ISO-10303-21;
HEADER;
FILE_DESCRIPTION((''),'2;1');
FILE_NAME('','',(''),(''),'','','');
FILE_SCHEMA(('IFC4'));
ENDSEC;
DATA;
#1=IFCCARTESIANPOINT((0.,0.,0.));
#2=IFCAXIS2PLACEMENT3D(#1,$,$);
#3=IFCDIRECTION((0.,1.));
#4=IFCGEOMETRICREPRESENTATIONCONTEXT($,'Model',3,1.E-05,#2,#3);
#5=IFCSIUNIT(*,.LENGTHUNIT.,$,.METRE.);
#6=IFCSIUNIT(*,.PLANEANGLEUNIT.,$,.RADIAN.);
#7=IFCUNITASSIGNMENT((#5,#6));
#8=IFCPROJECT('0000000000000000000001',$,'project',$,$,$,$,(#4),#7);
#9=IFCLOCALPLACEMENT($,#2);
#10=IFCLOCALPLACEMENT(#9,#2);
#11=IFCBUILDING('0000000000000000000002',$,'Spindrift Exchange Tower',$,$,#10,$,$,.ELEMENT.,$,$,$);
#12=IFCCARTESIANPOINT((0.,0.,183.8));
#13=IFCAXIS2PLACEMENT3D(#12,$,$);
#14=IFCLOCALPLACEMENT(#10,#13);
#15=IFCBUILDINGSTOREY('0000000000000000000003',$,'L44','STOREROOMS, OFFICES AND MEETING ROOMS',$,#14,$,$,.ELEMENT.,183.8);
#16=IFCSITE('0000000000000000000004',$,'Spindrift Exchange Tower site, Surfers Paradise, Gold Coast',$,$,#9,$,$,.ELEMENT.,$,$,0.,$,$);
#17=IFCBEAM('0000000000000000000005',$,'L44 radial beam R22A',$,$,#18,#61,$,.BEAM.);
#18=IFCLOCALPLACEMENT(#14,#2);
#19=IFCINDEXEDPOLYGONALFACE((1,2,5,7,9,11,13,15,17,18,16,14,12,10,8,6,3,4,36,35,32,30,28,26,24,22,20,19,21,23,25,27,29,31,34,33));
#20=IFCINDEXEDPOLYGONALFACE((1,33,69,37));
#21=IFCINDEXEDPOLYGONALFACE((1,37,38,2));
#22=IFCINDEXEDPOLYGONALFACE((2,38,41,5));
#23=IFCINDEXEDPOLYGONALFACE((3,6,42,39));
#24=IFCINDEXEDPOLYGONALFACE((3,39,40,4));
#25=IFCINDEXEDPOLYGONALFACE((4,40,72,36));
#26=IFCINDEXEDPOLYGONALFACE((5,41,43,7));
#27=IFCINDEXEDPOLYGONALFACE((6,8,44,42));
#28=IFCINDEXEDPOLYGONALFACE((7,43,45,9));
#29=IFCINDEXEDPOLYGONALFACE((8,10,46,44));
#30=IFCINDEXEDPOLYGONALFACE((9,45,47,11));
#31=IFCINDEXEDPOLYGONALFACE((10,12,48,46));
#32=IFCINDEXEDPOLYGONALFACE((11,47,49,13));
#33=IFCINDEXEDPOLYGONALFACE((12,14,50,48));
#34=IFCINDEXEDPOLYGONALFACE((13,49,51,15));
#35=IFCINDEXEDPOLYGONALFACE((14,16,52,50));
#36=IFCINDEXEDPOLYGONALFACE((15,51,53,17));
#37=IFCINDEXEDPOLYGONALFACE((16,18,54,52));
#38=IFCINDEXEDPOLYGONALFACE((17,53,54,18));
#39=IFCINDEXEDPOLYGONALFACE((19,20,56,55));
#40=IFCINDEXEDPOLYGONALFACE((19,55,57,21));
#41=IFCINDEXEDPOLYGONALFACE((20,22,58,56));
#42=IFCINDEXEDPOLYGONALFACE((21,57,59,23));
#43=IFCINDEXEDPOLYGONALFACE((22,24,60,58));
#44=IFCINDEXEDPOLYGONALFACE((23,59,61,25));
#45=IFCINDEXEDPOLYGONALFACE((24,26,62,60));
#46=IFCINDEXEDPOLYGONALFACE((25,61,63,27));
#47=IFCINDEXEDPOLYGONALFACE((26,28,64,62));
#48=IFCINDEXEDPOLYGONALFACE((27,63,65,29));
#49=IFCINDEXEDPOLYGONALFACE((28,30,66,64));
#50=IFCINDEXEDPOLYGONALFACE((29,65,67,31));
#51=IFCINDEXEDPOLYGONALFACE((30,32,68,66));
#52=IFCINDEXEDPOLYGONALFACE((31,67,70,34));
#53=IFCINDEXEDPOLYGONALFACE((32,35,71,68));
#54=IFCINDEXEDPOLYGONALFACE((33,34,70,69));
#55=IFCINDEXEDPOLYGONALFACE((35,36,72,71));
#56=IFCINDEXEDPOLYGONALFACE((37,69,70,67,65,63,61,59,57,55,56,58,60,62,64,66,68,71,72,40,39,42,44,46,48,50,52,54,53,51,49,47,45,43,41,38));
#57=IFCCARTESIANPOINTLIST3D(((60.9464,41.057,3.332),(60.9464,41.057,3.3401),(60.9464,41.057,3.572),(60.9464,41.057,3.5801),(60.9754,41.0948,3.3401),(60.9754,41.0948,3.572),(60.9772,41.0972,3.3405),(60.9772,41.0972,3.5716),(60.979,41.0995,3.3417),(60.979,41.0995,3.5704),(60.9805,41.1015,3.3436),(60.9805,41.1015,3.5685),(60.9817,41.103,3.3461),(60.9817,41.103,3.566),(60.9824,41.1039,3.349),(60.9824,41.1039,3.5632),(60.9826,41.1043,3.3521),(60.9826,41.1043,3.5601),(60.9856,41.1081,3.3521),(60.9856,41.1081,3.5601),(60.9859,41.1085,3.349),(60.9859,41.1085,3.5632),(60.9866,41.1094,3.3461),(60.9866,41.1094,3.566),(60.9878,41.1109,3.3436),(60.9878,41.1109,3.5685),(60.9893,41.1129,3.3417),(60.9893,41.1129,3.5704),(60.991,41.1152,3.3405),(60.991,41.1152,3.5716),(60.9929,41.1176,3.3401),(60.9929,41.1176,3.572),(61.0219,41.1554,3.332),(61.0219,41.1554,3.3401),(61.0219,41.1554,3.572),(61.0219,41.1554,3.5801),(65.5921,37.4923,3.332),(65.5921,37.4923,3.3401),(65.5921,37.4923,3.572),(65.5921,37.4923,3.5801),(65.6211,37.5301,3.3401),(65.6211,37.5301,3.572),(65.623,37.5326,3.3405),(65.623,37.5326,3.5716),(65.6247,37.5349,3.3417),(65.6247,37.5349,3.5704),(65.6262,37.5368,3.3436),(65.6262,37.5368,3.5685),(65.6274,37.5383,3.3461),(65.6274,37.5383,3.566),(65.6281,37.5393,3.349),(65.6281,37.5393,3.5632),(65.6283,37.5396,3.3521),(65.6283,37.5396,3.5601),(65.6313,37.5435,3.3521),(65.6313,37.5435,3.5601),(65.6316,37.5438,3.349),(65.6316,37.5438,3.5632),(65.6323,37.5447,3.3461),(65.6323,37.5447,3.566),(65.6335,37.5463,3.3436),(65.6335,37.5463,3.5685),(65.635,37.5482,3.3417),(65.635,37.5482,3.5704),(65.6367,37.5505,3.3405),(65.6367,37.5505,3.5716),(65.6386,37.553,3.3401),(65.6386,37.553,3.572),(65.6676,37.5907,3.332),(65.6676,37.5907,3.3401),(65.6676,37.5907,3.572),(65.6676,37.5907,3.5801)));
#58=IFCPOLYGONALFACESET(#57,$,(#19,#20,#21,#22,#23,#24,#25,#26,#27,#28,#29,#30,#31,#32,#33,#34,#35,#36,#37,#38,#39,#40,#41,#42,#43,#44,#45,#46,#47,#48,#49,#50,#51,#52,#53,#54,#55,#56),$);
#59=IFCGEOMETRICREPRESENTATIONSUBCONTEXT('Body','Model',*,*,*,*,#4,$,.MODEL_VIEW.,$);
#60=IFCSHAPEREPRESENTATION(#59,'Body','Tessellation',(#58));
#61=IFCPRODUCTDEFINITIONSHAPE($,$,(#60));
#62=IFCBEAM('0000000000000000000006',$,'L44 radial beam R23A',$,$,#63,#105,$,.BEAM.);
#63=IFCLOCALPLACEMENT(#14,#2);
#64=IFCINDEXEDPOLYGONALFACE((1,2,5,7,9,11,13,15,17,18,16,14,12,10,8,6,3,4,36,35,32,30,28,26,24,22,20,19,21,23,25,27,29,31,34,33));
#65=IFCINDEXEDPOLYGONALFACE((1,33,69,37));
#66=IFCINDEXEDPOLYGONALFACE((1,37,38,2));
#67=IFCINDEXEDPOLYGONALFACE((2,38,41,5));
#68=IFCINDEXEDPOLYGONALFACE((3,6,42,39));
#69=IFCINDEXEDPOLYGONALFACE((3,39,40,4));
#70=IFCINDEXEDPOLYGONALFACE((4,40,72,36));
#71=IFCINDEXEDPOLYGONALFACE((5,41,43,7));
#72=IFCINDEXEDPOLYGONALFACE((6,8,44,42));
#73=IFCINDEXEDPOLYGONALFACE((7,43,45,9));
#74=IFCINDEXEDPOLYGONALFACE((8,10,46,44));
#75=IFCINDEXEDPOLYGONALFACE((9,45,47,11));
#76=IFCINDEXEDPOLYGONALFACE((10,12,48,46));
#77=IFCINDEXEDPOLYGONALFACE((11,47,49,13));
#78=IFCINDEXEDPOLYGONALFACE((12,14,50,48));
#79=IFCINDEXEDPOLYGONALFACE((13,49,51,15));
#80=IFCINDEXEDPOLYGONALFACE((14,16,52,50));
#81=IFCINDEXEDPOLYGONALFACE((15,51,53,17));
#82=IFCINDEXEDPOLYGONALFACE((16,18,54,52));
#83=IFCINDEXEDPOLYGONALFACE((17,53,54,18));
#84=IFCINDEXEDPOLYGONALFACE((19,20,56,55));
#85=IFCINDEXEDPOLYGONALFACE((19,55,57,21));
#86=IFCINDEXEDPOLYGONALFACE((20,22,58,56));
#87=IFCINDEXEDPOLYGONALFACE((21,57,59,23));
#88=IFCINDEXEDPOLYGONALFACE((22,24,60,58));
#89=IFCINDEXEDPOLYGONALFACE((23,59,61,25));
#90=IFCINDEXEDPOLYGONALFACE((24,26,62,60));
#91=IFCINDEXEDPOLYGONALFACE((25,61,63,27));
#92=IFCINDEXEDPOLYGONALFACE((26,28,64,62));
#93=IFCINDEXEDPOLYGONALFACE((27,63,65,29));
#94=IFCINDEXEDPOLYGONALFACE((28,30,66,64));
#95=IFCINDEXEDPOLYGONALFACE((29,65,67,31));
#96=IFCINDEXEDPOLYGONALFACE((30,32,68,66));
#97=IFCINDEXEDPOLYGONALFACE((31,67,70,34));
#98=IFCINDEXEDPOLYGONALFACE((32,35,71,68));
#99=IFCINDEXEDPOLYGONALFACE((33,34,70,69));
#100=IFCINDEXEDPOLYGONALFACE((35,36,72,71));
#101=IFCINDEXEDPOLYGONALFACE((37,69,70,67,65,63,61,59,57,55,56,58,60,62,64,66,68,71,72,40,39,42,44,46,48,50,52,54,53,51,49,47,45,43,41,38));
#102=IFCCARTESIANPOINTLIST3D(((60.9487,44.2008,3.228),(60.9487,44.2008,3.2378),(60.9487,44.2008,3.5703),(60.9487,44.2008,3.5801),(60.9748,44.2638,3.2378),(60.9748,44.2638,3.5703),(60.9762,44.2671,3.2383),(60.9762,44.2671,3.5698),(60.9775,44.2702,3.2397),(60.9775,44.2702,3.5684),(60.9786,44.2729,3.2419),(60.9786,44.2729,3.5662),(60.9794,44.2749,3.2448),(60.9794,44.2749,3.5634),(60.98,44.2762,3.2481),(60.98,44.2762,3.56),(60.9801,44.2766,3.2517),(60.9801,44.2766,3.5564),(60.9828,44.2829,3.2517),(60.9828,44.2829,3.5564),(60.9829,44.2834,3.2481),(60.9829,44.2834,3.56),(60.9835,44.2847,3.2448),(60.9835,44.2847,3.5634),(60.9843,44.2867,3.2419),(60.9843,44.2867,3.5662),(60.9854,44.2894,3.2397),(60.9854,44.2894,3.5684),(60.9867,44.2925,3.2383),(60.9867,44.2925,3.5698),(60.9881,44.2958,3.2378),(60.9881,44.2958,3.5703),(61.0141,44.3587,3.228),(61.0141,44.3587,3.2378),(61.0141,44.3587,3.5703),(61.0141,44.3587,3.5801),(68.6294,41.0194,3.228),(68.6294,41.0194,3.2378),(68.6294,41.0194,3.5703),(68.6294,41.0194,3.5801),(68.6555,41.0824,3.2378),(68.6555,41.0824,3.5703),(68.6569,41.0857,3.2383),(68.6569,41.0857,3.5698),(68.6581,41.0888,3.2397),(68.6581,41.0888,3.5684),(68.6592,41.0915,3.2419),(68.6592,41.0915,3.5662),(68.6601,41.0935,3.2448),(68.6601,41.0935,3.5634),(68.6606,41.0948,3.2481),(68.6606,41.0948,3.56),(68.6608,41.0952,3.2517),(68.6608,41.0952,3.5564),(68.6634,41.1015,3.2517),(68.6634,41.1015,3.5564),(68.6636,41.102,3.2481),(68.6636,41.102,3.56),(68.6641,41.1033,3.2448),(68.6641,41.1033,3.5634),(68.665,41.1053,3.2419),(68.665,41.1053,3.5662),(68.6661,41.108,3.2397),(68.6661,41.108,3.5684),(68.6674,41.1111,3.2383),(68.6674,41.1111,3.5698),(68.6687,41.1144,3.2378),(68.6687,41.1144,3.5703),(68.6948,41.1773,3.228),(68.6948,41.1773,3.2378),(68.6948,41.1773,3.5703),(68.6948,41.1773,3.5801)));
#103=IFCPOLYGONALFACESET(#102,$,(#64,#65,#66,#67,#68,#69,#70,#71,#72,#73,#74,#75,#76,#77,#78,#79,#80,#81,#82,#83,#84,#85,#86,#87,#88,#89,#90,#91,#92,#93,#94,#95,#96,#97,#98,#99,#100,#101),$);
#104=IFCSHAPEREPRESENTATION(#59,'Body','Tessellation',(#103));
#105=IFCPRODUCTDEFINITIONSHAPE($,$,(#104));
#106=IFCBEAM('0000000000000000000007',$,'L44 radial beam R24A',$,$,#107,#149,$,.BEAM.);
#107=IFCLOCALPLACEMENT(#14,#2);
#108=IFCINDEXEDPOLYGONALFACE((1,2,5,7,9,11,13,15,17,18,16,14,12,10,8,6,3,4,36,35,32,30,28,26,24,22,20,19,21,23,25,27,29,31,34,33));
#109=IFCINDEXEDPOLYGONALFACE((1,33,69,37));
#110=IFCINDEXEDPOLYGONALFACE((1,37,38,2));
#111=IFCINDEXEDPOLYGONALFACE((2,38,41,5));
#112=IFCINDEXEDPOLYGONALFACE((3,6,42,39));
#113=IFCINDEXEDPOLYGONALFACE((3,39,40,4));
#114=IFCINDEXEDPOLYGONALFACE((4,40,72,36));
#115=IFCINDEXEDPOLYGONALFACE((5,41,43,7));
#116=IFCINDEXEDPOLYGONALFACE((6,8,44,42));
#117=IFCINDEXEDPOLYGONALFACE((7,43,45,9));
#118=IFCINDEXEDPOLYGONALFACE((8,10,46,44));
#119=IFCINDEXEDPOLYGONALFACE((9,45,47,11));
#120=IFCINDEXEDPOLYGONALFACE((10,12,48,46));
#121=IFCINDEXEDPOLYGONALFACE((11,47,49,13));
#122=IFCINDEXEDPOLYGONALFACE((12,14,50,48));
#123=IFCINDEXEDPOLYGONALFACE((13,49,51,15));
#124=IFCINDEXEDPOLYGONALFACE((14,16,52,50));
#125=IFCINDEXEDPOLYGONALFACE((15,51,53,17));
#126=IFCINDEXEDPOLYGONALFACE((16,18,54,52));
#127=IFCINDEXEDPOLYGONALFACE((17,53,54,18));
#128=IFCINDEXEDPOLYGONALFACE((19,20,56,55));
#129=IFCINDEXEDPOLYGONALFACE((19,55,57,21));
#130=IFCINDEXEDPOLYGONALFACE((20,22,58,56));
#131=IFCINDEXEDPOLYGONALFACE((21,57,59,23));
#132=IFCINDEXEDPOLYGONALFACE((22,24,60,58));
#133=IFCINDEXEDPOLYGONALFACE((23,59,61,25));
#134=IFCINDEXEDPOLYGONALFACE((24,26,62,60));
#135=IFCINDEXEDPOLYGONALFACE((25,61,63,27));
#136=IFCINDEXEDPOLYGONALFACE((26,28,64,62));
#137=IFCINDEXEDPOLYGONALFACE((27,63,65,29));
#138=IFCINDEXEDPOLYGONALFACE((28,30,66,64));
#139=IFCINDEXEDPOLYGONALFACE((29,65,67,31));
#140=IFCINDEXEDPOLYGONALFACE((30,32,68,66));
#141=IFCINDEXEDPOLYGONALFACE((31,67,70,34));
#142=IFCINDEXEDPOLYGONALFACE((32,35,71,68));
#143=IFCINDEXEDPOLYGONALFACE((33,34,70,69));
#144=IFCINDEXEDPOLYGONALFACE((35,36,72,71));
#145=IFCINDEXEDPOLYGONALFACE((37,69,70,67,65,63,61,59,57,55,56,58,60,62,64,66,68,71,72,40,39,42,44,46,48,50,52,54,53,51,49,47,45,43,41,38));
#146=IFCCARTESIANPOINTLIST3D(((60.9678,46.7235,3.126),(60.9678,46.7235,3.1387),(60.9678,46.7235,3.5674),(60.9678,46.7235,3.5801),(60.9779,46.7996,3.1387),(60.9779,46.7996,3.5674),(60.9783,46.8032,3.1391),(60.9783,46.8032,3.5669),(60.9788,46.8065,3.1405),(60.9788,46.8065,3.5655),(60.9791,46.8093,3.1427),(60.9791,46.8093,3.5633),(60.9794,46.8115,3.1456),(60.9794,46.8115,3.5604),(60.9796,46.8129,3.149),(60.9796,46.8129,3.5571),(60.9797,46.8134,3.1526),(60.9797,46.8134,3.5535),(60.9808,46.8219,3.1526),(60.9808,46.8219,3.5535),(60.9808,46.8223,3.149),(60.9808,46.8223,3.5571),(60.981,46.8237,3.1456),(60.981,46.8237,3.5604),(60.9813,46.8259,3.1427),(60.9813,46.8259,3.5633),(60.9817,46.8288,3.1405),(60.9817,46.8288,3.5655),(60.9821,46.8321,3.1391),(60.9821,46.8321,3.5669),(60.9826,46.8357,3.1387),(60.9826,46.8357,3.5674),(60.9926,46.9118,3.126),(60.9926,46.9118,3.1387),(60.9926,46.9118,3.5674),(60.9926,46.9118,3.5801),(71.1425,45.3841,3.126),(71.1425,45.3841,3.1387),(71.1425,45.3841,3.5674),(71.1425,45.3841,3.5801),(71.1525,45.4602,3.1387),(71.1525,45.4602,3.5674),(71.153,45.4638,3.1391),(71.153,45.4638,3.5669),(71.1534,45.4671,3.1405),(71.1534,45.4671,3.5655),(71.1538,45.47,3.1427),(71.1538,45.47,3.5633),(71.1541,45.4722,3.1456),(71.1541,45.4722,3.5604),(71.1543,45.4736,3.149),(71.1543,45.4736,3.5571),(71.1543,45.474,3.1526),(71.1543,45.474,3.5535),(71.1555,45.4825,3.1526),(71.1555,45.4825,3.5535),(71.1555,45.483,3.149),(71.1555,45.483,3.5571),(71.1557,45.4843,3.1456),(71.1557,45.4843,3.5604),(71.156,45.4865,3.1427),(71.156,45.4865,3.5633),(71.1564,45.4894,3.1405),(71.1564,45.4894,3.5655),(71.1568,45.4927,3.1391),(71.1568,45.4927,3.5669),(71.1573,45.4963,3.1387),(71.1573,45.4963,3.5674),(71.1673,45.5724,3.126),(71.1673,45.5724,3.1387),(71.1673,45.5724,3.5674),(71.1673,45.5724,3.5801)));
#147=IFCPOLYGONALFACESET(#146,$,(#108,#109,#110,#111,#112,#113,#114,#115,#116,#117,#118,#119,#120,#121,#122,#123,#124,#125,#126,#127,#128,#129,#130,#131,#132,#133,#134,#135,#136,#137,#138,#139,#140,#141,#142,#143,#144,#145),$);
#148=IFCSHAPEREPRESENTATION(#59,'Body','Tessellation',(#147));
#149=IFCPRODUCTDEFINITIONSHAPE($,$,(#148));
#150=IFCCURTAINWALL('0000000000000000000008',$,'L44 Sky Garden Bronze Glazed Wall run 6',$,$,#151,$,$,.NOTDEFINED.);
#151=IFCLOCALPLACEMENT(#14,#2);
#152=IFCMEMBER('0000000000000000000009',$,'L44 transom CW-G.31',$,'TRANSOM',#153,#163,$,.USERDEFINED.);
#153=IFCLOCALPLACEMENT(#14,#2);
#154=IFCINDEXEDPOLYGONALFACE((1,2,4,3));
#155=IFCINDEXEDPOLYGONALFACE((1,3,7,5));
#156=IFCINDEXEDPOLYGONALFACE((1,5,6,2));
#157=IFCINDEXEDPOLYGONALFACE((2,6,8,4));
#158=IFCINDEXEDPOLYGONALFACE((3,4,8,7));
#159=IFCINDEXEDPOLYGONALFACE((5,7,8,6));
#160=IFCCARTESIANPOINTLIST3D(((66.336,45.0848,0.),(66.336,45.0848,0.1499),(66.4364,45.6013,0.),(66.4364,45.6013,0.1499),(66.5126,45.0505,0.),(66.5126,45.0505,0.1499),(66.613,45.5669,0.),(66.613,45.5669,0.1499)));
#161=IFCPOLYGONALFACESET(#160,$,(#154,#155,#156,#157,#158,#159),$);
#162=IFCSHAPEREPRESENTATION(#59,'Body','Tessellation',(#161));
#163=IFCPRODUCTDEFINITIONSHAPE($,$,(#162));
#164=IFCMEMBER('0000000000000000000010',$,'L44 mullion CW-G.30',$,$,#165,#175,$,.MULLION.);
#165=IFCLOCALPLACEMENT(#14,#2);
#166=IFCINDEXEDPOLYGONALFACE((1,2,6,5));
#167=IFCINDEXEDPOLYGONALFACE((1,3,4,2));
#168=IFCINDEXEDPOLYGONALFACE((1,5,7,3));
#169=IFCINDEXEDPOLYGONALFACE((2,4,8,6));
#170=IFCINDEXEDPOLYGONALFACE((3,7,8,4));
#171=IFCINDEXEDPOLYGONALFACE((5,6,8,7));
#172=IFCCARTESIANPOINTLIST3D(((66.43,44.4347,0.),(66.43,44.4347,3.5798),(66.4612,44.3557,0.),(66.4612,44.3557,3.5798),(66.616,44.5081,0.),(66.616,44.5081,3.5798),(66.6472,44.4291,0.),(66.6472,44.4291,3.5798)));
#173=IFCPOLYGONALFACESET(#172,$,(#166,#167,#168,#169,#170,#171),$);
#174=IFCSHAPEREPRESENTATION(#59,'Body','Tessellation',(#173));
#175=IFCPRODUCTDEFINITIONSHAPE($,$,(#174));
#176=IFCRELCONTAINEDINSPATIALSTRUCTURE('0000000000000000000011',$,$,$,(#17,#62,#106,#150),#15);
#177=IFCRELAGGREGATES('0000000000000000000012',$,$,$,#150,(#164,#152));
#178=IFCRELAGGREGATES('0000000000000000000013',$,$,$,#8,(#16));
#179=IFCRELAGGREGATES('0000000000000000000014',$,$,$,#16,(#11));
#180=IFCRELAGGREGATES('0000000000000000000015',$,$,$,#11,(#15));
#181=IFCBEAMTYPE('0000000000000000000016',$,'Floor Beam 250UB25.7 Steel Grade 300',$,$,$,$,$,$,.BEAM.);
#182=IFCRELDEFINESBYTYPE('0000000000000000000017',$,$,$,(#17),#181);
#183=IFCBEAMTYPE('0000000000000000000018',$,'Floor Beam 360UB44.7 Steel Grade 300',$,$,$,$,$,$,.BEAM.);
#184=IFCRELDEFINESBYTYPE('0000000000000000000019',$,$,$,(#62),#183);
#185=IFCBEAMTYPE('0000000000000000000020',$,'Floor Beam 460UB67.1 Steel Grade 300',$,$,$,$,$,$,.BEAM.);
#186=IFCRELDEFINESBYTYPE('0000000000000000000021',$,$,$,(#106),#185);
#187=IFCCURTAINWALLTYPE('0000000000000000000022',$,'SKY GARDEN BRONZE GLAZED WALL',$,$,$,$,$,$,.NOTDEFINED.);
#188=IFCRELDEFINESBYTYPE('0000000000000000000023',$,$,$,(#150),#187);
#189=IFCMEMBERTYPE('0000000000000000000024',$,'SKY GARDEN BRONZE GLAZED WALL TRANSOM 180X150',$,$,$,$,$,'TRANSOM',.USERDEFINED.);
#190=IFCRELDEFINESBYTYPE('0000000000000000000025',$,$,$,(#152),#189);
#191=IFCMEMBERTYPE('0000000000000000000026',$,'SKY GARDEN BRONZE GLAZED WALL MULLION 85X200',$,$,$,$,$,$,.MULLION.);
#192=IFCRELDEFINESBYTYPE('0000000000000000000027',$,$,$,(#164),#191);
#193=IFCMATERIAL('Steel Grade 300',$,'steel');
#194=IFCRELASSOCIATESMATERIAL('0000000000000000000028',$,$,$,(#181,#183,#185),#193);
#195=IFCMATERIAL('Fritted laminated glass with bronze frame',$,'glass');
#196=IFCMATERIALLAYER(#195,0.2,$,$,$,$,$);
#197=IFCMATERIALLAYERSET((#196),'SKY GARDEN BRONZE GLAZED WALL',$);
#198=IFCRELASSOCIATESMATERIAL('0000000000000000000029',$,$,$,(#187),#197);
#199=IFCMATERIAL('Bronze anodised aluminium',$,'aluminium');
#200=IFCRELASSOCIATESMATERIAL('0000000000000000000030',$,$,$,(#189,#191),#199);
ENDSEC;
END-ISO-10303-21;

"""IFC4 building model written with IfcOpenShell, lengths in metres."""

from ifc_helpers import new_model, si_unit, direction, frame, origin, origin_2d, place, context, subcontext, project, spatial, rectangle, i_section, extrude, source, transform, mapped, material, layer, layer_set, material_profile, profile_set, type_object, element, aggregate, save


model = new_model("IFC4")

# Units and contexts
model_context = context("Model", 3, precision=1e-05, world=origin(), true_north=direction((0.0, 1.0)))
body_context = subcontext(model_context, "Body", "Model", "MODEL_VIEW")
ifc_project = project(units=[si_unit("LENGTHUNIT", "METRE"), si_unit("PLANEANGLEUNIT", "RADIAN")], contexts=[model_context])

# Site, building, storey
site_placement = place(None, origin())
site = spatial("IfcSite", under=ifc_project, at=site_placement, Name="Spindrift Exchange Tower site, Surfers Paradise, Gold Coast", CompositionType="ELEMENT", RefElevation=0.0)
building_placement = place(site_placement, origin())
building = spatial("IfcBuilding", under=site, at=building_placement, Name="Spindrift Exchange Tower", CompositionType="ELEMENT")
storey_placement = place(building_placement, frame((0.0, 0.0, 183.8)))
storey = spatial("IfcBuildingStorey", under=building, at=storey_placement, Name="L44", Description="STOREROOMS, OFFICES AND MEETING ROOMS", CompositionType="ELEMENT", Elevation=183.8)

# Beams
ifc_material_1 = material(Name="Steel Grade 300", Category="steel")
ifc_material_profile_1 = material_profile(ifc_material_1, i_section(OverallWidth=0.124, OverallDepth=0.248, WebThickness=0.0049, FlangeThickness=0.0081, FilletRadius=0.012, at=origin_2d()), Name="250UB25.7")
ifc_profile_set_1 = profile_set([ifc_material_profile_1], Name="Steel Grade 300")
beam_type_1 = type_object("IfcBeamType", Name="Floor Beam 250UB25.7 Steel Grade 300", PredefinedType="BEAM", material=ifc_profile_set_1)
shared_shape_1 = source(origin(), body_context, "Body", "SweptSolid", [
    extrude(i_section(OverallWidth=0.124, OverallDepth=0.248, WebThickness=0.0049, FlangeThickness=0.0081, FilletRadius=0.012, at=origin_2d()), origin(), (0.0, 0.0, 1.0), 5.8557),
])
beam_1_placement = place(storey_placement, frame((60.9841, 41.1062, 3.4561), z_axis=(0.793363, -0.608749, 0.0), x_axis=(0.608749, 0.793363, 0.0)))
element("IfcBeam", 1, at=beam_1_placement, inside=storey, type_object=beam_type_1, Name="L44 radial beam R22A", PredefinedType="BEAM", context=body_context, shape_type="MappedRepresentation", body=[
    mapped(shared_shape_1, transform((0.0, 0.0, 0.0), scale=1.0)),
])
ifc_material_profile_2 = material_profile(ifc_material_1, i_section(OverallWidth=0.1709, OverallDepth=0.3521, WebThickness=0.0068, FlangeThickness=0.0098, FilletRadius=0.0139, at=origin_2d()), Name="360UB44.7")
ifc_profile_set_2 = profile_set([ifc_material_profile_2], Name="Steel Grade 300")
beam_type_2 = type_object("IfcBeamType", Name="Floor Beam 360UB44.7 Steel Grade 300", PredefinedType="BEAM", material=ifc_profile_set_2)
shared_shape_2 = source(origin(), body_context, "Body", "SweptSolid", [
    extrude(i_section(OverallWidth=0.1709, OverallDepth=0.3521, WebThickness=0.0068, FlangeThickness=0.0098, FilletRadius=0.0139, at=origin_2d()), origin(), (0.0, 0.0, 1.0), 8.3135),
])
beam_2_placement = place(storey_placement, frame((60.9814, 44.2798, 3.4041), z_axis=(0.923881, -0.382679, 0.0), x_axis=(0.382679, 0.923881, 0.0)))
element("IfcBeam", 2, at=beam_2_placement, inside=storey, type_object=beam_type_2, Name="L44 radial beam R23A", PredefinedType="BEAM", context=body_context, shape_type="MappedRepresentation", body=[
    mapped(shared_shape_2, transform((0.0, 0.0, 0.0), scale=1.0)),
])
ifc_material_profile_3 = material_profile(ifc_material_1, i_section(OverallWidth=0.1899, OverallDepth=0.4541, WebThickness=0.0085, FlangeThickness=0.0127, FilletRadius=0.0139, at=origin_2d()), Name="460UB67.1")
ifc_profile_set_3 = profile_set([ifc_material_profile_3], Name="Steel Grade 300")
beam_type_3 = type_object("IfcBeamType", Name="Floor Beam 460UB67.1 Steel Grade 300", PredefinedType="BEAM", material=ifc_profile_set_3)
shared_shape_3 = source(origin(), body_context, "Body", "SweptSolid", [
    extrude(i_section(OverallWidth=0.1899, OverallDepth=0.4541, WebThickness=0.0085, FlangeThickness=0.0127, FilletRadius=0.0139, at=origin_2d()), origin(), (0.0, 0.0, 1.0), 10.2625),
])
beam_3_placement = place(storey_placement, frame((60.9802, 46.8176, 3.353), z_axis=(0.991447, -0.130512, 0.0), x_axis=(0.130512, 0.991447, 0.0)))
element("IfcBeam", 3, at=beam_3_placement, inside=storey, type_object=beam_type_3, Name="L44 radial beam R24A", PredefinedType="BEAM", context=body_context, shape_type="MappedRepresentation", body=[
    mapped(shared_shape_3, transform((0.0, 0.0, 0.0), scale=1.0)),
])

# Curtain wall, members
ifc_material_2 = material(Name="Fritted laminated glass with bronze frame", Category="glass")
ifc_layer_1 = layer(ifc_material_2, 0.2)
ifc_layer_set_1 = layer_set([ifc_layer_1], Name="SKY GARDEN BRONZE GLAZED WALL")
curtain_wall_type = type_object("IfcCurtainWallType", Name="SKY GARDEN BRONZE GLAZED WALL", PredefinedType="NOTDEFINED", material=ifc_layer_set_1)
curtain_wall_1_placement = place(storey_placement, origin())
curtain_wall_1 = element("IfcCurtainWall", 4, at=curtain_wall_1_placement, inside=storey, type_object=curtain_wall_type, Name="L44 Sky Garden Bronze Glazed Wall run 6", PredefinedType="NOTDEFINED")
ifc_material_3 = material(Name="Bronze anodised aluminium", Category="aluminium")
ifc_material_profile_4 = material_profile(ifc_material_3, rectangle(XDim=0.1799, YDim=0.1499, at=origin_2d()), Name="SKY GARDEN BRONZE GLAZED WALL TRANSOM 180X150")
ifc_profile_set_4 = profile_set([ifc_material_profile_4], Name="Bronze anodised aluminium")
member_type_1 = type_object("IfcMemberType", Name="SKY GARDEN BRONZE GLAZED WALL TRANSOM 180X150", ElementType="TRANSOM", PredefinedType="USERDEFINED", material=ifc_profile_set_4)
shared_shape_4 = source(origin(), body_context, "Body", "SweptSolid", [
    extrude(rectangle(XDim=0.1799, YDim=0.1499, at=origin_2d()), origin(), (0.0, 0.0, 1.0), 0.5261),
])
member_1_placement = place(storey_placement, frame((66.4243, 45.0676, 0.075), z_axis=(0.190758, 0.981637, 0.0), x_axis=(-0.981637, 0.190758, 0.0)))
member_1 = element("IfcMember", 5, at=member_1_placement, type_object=member_type_1, Name="L44 transom CW-G.31", ObjectType="TRANSOM", PredefinedType="USERDEFINED", context=body_context, shape_type="MappedRepresentation", body=[
    mapped(shared_shape_4, transform((0.0, 0.0, 0.0), scale=1.0)),
])
ifc_material_profile_5 = material_profile(ifc_material_3, rectangle(XDim=0.085, YDim=0.2, at=origin_2d()), Name="SKY GARDEN BRONZE GLAZED WALL MULLION 85X200")
ifc_profile_set_5 = profile_set([ifc_material_profile_5], Name="Bronze anodised aluminium")
member_type_2 = type_object("IfcMemberType", Name="SKY GARDEN BRONZE GLAZED WALL MULLION 85X200", PredefinedType="MULLION", material=ifc_profile_set_5)
shared_shape_5 = source(origin(), body_context, "Body", "SweptSolid", [
    extrude(rectangle(XDim=0.085, YDim=0.2, at=origin_2d()), origin(), (0.0, 0.0, 1.0), 3.5798),
])
member_2_placement = place(storey_placement, frame((66.5386, 44.4319, 0.0), z_axis=(0.0, 0.0, 1.0), x_axis=(-0.36723, 0.93013, 0.0)))
member_2 = element("IfcMember", 6, at=member_2_placement, type_object=member_type_2, Name="L44 mullion CW-G.30", PredefinedType="MULLION", context=body_context, shape_type="MappedRepresentation", body=[
    mapped(shared_shape_5, transform((0.0, 0.0, 0.0), scale=1.0)),
])

aggregate(curtain_wall_1, [member_2, member_1])

save(model, "model.ifc")
